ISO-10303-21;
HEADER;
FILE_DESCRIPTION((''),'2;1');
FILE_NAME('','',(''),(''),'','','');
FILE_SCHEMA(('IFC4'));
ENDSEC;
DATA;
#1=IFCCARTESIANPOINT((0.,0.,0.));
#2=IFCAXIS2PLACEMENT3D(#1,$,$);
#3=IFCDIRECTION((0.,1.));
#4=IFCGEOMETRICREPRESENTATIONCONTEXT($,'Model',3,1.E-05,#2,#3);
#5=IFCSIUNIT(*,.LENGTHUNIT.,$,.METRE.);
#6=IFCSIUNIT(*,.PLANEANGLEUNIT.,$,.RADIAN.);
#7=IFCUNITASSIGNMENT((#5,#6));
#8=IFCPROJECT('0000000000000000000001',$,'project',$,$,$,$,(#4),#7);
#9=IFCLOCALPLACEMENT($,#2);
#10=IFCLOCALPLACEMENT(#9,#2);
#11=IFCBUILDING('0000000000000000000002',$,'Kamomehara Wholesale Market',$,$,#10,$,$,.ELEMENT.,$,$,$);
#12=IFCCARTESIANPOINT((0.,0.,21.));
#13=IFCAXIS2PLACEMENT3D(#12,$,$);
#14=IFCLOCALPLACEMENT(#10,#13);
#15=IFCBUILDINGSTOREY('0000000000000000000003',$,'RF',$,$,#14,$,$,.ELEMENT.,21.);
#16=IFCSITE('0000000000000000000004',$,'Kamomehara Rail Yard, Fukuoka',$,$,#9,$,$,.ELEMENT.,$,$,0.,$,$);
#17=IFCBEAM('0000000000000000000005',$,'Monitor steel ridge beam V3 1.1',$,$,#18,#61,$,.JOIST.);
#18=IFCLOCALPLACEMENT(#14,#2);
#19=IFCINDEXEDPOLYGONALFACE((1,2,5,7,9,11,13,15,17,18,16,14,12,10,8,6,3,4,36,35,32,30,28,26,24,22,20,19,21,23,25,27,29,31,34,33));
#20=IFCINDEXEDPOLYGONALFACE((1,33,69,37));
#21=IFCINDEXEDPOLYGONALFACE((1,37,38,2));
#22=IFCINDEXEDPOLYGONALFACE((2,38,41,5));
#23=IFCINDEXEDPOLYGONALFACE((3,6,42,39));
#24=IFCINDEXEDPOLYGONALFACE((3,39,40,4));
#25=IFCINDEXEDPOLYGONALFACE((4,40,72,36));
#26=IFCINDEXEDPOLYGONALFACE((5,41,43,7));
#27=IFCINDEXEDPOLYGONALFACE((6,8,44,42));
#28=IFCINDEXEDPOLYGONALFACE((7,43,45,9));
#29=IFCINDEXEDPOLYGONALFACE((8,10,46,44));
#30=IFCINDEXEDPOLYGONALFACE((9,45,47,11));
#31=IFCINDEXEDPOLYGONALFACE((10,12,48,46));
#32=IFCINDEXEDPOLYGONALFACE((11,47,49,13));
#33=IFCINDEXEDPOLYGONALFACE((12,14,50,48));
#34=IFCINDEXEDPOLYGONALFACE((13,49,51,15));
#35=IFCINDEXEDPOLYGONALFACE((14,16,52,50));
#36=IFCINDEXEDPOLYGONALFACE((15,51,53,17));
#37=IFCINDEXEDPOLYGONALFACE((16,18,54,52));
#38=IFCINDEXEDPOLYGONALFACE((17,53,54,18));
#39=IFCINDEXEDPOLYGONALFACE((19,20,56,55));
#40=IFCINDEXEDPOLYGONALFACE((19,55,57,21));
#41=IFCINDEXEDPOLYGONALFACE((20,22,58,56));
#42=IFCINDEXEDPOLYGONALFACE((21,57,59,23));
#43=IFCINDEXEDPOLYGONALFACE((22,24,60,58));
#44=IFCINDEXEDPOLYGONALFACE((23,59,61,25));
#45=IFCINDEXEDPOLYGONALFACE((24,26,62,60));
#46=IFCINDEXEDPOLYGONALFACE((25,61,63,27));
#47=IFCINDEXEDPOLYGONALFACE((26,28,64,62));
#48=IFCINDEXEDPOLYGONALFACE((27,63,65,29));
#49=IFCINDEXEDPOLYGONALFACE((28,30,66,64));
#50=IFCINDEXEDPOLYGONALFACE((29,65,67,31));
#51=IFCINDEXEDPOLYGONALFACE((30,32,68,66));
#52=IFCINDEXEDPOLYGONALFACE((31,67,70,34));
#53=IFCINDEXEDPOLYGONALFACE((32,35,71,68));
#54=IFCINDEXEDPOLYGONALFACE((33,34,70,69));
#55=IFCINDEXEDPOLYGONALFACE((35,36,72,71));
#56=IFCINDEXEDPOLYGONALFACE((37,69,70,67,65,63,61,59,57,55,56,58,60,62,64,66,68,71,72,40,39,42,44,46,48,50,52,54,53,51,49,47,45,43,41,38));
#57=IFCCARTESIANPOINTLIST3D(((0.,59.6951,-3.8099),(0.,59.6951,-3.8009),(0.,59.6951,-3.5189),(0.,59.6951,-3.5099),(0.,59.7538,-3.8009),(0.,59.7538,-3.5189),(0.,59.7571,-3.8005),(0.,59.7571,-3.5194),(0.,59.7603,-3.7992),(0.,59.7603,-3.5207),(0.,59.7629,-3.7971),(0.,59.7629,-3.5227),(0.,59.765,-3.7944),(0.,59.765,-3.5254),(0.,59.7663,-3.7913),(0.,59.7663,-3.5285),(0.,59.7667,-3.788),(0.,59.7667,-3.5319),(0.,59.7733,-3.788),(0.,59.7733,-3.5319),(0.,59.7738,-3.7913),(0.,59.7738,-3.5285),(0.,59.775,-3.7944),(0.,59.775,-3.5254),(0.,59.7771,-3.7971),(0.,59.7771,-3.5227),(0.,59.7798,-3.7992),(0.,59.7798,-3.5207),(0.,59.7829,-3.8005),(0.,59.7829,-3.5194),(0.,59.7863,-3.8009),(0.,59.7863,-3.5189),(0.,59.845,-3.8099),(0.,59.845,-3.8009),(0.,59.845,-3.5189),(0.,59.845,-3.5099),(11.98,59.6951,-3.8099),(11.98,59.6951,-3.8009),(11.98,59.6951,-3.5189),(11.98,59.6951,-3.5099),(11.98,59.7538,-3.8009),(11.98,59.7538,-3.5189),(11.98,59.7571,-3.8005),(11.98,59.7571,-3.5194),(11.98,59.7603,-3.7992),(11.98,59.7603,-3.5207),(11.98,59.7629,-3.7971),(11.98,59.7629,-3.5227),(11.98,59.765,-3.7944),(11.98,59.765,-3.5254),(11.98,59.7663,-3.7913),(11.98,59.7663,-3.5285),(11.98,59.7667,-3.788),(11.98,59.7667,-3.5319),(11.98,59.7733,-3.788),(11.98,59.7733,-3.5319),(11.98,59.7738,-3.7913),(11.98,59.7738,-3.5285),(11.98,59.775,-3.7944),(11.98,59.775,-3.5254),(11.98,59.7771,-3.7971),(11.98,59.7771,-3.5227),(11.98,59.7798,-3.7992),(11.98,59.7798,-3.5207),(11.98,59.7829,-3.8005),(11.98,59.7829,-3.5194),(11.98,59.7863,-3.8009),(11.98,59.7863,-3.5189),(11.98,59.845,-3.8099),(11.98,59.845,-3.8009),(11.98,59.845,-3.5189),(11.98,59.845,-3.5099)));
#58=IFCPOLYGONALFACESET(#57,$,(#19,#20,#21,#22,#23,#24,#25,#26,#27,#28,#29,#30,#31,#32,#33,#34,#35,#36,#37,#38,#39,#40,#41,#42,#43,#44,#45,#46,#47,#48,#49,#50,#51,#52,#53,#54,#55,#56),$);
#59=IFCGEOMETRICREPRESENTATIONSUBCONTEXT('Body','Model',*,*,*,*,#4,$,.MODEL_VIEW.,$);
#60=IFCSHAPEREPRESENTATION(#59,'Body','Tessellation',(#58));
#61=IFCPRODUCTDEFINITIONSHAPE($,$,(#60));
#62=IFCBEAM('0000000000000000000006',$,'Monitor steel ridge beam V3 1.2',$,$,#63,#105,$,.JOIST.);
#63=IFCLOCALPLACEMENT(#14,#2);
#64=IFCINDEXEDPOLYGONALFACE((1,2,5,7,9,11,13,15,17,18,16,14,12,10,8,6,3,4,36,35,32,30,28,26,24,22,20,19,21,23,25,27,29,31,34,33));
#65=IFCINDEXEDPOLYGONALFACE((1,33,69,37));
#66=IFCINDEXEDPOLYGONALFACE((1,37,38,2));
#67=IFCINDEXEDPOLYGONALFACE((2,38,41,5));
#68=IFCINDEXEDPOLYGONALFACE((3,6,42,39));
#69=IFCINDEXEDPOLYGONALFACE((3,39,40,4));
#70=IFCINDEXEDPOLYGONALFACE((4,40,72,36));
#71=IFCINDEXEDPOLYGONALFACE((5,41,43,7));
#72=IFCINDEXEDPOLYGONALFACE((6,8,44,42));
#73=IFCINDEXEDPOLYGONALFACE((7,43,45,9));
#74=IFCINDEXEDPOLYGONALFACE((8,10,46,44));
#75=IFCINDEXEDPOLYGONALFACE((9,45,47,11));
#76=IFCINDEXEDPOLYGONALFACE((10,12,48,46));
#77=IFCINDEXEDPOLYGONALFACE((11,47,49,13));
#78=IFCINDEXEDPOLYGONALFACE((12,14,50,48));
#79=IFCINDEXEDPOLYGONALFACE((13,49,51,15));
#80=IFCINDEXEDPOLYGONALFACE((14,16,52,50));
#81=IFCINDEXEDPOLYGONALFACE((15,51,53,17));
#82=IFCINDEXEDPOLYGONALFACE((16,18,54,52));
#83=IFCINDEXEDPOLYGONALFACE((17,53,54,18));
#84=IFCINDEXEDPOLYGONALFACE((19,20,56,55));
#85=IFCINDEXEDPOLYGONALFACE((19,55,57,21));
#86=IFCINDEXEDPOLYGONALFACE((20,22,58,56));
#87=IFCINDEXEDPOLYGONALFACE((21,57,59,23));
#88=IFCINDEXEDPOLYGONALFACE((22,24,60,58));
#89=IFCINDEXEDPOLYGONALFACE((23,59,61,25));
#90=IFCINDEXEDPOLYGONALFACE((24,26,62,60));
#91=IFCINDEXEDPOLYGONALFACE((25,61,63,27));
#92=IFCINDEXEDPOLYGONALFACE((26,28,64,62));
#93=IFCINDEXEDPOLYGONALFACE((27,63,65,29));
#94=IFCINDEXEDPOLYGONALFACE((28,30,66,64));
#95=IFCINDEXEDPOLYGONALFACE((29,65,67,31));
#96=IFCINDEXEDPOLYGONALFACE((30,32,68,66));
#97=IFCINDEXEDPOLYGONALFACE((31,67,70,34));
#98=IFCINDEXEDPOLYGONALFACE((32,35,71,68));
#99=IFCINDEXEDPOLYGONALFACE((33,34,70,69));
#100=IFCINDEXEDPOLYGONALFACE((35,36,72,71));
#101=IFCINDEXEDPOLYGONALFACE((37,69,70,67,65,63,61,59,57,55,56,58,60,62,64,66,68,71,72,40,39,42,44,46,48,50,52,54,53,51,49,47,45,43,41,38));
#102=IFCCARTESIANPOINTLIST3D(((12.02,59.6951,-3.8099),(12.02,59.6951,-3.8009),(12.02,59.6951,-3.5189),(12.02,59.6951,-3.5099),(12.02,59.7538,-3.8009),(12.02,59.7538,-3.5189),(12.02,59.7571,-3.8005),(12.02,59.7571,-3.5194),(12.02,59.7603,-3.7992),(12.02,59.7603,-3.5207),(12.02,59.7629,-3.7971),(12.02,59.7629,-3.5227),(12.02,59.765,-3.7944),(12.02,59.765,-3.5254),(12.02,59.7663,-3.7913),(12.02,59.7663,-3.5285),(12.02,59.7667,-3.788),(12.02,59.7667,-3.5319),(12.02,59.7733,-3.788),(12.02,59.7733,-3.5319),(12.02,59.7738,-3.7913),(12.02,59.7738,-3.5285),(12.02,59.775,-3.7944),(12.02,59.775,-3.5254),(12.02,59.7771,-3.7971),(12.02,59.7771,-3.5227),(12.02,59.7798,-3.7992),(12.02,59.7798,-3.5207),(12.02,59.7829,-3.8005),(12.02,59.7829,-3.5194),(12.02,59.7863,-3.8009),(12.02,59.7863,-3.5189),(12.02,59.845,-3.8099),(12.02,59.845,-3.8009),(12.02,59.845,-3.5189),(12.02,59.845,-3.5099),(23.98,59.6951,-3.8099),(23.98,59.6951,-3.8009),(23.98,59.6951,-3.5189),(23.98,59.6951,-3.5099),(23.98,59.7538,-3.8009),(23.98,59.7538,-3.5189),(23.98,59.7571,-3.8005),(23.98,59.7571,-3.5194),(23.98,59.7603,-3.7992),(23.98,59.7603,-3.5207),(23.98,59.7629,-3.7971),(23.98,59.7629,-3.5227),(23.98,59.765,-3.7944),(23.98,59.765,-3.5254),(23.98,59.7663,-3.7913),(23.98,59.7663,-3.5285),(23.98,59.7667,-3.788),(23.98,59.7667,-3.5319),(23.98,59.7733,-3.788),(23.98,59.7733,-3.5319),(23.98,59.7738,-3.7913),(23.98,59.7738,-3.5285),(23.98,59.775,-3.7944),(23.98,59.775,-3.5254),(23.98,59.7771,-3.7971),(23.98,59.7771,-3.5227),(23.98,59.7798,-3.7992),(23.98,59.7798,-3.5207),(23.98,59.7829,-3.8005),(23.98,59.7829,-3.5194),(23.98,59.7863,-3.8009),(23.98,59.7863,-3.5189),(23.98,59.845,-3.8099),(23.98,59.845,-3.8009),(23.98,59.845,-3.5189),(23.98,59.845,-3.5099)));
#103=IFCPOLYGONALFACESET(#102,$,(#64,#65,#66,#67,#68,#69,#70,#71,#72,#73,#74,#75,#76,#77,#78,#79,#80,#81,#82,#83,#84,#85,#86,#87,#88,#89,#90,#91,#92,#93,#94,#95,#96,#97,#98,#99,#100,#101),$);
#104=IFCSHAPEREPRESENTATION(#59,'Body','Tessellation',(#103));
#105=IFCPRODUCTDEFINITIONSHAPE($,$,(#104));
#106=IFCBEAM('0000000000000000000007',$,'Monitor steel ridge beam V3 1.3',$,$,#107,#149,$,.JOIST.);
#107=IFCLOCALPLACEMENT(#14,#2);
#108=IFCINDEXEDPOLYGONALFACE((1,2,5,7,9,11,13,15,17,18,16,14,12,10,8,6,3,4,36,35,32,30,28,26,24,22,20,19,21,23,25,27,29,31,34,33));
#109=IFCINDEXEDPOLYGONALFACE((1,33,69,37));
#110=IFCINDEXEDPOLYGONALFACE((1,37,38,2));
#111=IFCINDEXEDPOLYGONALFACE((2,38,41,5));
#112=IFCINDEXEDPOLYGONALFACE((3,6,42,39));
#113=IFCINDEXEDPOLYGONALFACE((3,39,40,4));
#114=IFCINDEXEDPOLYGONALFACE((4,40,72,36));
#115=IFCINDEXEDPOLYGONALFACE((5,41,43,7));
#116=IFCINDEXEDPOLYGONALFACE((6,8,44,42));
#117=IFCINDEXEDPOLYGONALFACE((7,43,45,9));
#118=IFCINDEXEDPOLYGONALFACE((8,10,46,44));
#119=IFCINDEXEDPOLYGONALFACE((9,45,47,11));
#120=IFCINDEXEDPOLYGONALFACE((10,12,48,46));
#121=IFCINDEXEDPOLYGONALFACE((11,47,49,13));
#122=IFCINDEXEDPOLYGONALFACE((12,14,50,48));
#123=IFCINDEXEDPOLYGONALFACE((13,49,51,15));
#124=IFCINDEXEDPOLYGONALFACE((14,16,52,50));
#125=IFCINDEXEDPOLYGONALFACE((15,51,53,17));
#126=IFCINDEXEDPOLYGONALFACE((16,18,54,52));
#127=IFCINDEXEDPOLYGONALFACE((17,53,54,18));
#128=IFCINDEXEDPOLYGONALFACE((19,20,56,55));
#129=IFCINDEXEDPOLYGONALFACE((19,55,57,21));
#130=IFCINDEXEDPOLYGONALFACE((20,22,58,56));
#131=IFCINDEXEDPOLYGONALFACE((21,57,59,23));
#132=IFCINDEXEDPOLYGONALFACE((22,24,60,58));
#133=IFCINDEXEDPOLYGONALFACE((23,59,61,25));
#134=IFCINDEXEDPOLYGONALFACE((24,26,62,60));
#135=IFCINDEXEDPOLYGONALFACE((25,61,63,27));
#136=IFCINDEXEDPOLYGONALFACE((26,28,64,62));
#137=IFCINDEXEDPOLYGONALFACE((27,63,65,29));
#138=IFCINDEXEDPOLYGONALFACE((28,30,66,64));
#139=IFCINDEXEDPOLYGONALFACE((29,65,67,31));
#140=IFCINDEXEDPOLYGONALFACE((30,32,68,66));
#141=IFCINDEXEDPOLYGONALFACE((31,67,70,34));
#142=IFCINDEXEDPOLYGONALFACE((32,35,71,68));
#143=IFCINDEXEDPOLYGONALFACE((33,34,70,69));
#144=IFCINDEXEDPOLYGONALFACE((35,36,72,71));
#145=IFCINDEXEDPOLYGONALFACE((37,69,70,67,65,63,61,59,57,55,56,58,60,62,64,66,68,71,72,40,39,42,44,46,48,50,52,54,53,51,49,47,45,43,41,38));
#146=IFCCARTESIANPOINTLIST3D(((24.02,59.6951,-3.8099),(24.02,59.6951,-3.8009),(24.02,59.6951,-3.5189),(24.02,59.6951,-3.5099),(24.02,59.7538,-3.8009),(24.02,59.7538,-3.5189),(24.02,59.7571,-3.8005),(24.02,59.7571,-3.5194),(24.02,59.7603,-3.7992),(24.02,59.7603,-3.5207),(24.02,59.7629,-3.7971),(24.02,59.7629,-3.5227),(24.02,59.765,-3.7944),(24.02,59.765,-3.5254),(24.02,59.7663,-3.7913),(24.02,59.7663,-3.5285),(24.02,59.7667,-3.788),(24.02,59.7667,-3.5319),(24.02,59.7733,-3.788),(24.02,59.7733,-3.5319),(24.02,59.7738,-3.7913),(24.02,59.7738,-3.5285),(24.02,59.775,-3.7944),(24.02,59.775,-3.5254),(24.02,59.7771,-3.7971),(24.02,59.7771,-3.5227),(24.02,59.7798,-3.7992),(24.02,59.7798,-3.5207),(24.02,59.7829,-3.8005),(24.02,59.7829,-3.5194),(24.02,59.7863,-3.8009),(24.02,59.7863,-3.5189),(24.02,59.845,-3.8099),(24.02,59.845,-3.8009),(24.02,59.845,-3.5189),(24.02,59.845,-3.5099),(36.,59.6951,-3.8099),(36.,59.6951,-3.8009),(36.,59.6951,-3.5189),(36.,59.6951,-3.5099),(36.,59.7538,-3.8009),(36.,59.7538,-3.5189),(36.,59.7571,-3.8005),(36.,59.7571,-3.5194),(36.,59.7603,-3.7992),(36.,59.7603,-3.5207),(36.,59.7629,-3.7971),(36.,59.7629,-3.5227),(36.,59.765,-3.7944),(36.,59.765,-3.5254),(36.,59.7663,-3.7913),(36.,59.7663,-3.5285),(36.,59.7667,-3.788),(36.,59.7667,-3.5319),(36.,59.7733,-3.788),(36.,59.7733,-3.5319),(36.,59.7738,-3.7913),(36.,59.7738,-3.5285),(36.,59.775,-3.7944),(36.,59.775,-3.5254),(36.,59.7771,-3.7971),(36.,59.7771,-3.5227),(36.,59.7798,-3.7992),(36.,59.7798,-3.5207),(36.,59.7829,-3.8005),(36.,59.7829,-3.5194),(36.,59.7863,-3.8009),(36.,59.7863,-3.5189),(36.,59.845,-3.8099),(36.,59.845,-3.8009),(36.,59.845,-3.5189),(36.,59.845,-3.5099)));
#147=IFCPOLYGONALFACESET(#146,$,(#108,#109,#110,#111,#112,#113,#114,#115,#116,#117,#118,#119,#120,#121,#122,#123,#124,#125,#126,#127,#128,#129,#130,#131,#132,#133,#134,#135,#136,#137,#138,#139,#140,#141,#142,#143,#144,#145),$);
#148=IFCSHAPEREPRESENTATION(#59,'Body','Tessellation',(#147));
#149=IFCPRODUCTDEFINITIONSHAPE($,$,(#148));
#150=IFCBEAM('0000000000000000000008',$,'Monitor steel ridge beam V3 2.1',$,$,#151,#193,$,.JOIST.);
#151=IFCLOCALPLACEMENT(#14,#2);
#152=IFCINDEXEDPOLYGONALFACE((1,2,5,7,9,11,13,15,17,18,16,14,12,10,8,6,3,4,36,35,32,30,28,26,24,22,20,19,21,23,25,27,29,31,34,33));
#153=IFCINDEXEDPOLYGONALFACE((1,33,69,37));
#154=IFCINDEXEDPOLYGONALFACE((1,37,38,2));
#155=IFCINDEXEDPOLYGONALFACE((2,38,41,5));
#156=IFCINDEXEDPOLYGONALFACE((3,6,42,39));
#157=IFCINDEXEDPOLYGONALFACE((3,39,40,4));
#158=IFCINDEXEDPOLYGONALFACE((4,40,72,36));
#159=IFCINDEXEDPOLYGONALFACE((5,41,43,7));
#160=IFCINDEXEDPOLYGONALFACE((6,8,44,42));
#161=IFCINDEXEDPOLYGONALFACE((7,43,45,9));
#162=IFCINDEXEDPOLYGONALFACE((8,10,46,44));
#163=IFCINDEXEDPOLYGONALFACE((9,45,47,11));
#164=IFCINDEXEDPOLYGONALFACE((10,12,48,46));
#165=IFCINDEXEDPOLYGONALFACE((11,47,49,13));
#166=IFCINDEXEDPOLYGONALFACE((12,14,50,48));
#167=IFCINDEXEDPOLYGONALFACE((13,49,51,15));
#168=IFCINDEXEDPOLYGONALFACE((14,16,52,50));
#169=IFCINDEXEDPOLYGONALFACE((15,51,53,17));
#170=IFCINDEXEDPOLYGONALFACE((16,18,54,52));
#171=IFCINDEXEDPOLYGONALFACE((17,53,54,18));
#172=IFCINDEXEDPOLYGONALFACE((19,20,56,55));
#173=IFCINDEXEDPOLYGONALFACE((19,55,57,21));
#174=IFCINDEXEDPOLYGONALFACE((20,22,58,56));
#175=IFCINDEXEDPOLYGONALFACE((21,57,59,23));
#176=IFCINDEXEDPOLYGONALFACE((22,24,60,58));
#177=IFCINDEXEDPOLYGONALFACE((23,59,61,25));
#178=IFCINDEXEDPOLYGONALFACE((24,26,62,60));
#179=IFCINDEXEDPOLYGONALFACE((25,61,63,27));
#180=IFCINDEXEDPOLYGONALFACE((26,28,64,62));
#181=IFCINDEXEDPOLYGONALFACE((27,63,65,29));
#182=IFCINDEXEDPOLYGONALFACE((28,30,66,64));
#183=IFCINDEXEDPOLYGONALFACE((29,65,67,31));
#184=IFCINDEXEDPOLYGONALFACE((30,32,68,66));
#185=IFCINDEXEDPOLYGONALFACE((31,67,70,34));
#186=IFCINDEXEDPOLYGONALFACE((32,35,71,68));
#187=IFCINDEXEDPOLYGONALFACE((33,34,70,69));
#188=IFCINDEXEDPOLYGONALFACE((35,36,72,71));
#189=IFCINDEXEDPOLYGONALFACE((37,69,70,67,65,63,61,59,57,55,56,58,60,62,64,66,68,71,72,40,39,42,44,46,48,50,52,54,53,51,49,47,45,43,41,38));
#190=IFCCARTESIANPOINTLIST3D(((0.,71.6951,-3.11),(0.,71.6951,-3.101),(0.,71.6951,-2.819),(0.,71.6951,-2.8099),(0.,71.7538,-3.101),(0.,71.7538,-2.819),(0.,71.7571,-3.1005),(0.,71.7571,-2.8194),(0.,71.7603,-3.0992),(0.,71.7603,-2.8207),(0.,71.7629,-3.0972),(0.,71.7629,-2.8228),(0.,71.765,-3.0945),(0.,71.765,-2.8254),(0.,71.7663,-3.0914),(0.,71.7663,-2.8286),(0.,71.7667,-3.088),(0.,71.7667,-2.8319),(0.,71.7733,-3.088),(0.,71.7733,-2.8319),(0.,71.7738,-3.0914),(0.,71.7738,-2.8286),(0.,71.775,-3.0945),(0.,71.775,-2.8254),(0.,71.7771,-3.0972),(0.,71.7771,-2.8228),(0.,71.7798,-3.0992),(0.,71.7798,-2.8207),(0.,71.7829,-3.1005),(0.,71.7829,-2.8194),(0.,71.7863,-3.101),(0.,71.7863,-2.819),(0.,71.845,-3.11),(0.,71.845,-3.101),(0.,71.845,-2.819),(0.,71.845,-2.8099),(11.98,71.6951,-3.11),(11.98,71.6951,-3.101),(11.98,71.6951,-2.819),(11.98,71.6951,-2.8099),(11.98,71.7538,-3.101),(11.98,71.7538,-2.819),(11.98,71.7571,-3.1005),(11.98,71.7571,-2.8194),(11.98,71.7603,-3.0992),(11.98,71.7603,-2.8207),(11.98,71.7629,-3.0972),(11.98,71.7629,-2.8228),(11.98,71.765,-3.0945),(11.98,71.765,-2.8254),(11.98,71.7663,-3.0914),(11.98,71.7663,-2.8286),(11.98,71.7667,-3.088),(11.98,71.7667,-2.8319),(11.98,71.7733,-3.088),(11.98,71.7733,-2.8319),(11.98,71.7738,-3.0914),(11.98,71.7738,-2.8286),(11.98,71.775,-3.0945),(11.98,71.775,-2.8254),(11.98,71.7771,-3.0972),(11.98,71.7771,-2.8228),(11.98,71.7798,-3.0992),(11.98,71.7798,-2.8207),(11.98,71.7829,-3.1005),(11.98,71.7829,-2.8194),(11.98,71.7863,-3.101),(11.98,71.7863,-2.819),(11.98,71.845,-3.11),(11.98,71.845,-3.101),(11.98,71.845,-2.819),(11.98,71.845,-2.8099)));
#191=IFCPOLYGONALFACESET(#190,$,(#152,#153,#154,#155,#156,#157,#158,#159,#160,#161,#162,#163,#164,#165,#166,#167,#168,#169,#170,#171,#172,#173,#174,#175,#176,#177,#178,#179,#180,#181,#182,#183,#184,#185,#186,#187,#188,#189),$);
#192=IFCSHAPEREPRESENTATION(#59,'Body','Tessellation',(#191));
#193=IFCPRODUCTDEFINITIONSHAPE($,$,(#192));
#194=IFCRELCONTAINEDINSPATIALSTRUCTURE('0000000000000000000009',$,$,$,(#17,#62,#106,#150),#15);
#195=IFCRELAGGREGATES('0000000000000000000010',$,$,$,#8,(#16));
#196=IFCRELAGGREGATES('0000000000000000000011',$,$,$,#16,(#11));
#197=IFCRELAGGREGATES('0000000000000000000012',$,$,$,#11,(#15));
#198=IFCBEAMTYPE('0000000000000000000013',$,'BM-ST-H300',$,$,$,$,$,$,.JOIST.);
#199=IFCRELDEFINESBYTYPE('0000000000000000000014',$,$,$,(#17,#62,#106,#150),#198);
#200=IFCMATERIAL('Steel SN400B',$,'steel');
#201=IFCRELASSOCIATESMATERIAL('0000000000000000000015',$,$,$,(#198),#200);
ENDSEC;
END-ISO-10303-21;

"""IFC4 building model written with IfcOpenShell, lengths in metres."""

from ifc_helpers import new_model, si_unit, direction, frame, origin, origin_2d, place, context, subcontext, project, spatial, i_section, extrude, material, material_profile, profile_set, type_object, element, save


model = new_model("IFC4")

# Units and contexts
model_context = context("Model", 3, precision=1e-05, world=origin(), true_north=direction((0.0, 1.0)))
body_context = subcontext(model_context, "Body", "Model", "MODEL_VIEW")
ifc_project = project(units=[si_unit("LENGTHUNIT", "METRE"), si_unit("PLANEANGLEUNIT", "RADIAN")], contexts=[model_context])

# Site, building, storey
site_placement = place(None, origin())
site = spatial("IfcSite", under=ifc_project, at=site_placement, Name="Kamomehara Rail Yard, Fukuoka", CompositionType="ELEMENT", RefElevation=0.0)
building_placement = place(site_placement, origin())
building = spatial("IfcBuilding", under=site, at=building_placement, Name="Kamomehara Wholesale Market", CompositionType="ELEMENT")
storey_placement = place(building_placement, frame((0.0, 0.0, 21.0)))
storey = spatial("IfcBuildingStorey", under=building, at=storey_placement, Name="RF", CompositionType="ELEMENT", Elevation=21.0)

# Beams
ifc_material_1 = material(Name="Steel SN400B", Category="steel")
ifc_material_profile_1 = material_profile(ifc_material_1, i_section(OverallWidth=0.1499, OverallDepth=0.3, WebThickness=0.0066, FlangeThickness=0.009, FilletRadius=0.0129, at=origin_2d()), Name="H-300x150x6.5x9")
ifc_profile_set_1 = profile_set([ifc_material_profile_1], Name="Steel SN400B")
beam_type_1 = type_object("IfcBeamType", Name="BM-ST-H300", PredefinedType="JOIST", material=ifc_profile_set_1)
beam_1_placement = place(storey_placement, frame((0.0, 59.77, -3.6599), z_axis=(1.0, 0.0, 0.0), x_axis=(0.0, 1.0, 0.0)))
element("IfcBeam", 1, at=beam_1_placement, inside=storey, type_object=beam_type_1, Name="Monitor steel ridge beam V3 1.1", PredefinedType="JOIST", context=body_context, shape_type="SweptSolid", body=[
    extrude(i_section(OverallWidth=0.1499, OverallDepth=0.3, WebThickness=0.0066, FlangeThickness=0.009, FilletRadius=0.0129, at=origin_2d()), origin(), (0.0, 0.0, 1.0), 11.98),
])
beam_2_placement = place(storey_placement, frame((12.02, 59.77, -3.6599), z_axis=(1.0, 0.0, 0.0), x_axis=(0.0, 1.0, 0.0)))
element("IfcBeam", 2, at=beam_2_placement, inside=storey, type_object=beam_type_1, Name="Monitor steel ridge beam V3 1.2", PredefinedType="JOIST", context=body_context, shape_type="SweptSolid", body=[
    extrude(i_section(OverallWidth=0.1499, OverallDepth=0.3, WebThickness=0.0066, FlangeThickness=0.009, FilletRadius=0.0129, at=origin_2d()), origin(), (0.0, 0.0, 1.0), 11.96),
])
for number, where, z_axis, x_axis, name in (
    (3, (24.02, 59.77, -3.6599), (1.0, 0.0, 0.0), (0.0, 1.0, 0.0), "Monitor steel ridge beam V3 1.3"),
    (4, (0.0, 71.77, -2.96), (1.0, 0.0, 0.0), (0.0, 1.0, 0.0), "Monitor steel ridge beam V3 2.1"),
):
    element("IfcBeam", number, at=place(storey_placement, frame(where, z_axis=z_axis, x_axis=x_axis)), inside=storey, type_object=beam_type_1, Name=name, PredefinedType="JOIST", context=body_context, shape_type="SweptSolid", body=[
        extrude(i_section(OverallWidth=0.1499, OverallDepth=0.3, WebThickness=0.0066, FlangeThickness=0.009, FilletRadius=0.0129, at=origin_2d()), origin(), (0.0, 0.0, 1.0), 11.98),
    ])

save(model, "model.ifc")
